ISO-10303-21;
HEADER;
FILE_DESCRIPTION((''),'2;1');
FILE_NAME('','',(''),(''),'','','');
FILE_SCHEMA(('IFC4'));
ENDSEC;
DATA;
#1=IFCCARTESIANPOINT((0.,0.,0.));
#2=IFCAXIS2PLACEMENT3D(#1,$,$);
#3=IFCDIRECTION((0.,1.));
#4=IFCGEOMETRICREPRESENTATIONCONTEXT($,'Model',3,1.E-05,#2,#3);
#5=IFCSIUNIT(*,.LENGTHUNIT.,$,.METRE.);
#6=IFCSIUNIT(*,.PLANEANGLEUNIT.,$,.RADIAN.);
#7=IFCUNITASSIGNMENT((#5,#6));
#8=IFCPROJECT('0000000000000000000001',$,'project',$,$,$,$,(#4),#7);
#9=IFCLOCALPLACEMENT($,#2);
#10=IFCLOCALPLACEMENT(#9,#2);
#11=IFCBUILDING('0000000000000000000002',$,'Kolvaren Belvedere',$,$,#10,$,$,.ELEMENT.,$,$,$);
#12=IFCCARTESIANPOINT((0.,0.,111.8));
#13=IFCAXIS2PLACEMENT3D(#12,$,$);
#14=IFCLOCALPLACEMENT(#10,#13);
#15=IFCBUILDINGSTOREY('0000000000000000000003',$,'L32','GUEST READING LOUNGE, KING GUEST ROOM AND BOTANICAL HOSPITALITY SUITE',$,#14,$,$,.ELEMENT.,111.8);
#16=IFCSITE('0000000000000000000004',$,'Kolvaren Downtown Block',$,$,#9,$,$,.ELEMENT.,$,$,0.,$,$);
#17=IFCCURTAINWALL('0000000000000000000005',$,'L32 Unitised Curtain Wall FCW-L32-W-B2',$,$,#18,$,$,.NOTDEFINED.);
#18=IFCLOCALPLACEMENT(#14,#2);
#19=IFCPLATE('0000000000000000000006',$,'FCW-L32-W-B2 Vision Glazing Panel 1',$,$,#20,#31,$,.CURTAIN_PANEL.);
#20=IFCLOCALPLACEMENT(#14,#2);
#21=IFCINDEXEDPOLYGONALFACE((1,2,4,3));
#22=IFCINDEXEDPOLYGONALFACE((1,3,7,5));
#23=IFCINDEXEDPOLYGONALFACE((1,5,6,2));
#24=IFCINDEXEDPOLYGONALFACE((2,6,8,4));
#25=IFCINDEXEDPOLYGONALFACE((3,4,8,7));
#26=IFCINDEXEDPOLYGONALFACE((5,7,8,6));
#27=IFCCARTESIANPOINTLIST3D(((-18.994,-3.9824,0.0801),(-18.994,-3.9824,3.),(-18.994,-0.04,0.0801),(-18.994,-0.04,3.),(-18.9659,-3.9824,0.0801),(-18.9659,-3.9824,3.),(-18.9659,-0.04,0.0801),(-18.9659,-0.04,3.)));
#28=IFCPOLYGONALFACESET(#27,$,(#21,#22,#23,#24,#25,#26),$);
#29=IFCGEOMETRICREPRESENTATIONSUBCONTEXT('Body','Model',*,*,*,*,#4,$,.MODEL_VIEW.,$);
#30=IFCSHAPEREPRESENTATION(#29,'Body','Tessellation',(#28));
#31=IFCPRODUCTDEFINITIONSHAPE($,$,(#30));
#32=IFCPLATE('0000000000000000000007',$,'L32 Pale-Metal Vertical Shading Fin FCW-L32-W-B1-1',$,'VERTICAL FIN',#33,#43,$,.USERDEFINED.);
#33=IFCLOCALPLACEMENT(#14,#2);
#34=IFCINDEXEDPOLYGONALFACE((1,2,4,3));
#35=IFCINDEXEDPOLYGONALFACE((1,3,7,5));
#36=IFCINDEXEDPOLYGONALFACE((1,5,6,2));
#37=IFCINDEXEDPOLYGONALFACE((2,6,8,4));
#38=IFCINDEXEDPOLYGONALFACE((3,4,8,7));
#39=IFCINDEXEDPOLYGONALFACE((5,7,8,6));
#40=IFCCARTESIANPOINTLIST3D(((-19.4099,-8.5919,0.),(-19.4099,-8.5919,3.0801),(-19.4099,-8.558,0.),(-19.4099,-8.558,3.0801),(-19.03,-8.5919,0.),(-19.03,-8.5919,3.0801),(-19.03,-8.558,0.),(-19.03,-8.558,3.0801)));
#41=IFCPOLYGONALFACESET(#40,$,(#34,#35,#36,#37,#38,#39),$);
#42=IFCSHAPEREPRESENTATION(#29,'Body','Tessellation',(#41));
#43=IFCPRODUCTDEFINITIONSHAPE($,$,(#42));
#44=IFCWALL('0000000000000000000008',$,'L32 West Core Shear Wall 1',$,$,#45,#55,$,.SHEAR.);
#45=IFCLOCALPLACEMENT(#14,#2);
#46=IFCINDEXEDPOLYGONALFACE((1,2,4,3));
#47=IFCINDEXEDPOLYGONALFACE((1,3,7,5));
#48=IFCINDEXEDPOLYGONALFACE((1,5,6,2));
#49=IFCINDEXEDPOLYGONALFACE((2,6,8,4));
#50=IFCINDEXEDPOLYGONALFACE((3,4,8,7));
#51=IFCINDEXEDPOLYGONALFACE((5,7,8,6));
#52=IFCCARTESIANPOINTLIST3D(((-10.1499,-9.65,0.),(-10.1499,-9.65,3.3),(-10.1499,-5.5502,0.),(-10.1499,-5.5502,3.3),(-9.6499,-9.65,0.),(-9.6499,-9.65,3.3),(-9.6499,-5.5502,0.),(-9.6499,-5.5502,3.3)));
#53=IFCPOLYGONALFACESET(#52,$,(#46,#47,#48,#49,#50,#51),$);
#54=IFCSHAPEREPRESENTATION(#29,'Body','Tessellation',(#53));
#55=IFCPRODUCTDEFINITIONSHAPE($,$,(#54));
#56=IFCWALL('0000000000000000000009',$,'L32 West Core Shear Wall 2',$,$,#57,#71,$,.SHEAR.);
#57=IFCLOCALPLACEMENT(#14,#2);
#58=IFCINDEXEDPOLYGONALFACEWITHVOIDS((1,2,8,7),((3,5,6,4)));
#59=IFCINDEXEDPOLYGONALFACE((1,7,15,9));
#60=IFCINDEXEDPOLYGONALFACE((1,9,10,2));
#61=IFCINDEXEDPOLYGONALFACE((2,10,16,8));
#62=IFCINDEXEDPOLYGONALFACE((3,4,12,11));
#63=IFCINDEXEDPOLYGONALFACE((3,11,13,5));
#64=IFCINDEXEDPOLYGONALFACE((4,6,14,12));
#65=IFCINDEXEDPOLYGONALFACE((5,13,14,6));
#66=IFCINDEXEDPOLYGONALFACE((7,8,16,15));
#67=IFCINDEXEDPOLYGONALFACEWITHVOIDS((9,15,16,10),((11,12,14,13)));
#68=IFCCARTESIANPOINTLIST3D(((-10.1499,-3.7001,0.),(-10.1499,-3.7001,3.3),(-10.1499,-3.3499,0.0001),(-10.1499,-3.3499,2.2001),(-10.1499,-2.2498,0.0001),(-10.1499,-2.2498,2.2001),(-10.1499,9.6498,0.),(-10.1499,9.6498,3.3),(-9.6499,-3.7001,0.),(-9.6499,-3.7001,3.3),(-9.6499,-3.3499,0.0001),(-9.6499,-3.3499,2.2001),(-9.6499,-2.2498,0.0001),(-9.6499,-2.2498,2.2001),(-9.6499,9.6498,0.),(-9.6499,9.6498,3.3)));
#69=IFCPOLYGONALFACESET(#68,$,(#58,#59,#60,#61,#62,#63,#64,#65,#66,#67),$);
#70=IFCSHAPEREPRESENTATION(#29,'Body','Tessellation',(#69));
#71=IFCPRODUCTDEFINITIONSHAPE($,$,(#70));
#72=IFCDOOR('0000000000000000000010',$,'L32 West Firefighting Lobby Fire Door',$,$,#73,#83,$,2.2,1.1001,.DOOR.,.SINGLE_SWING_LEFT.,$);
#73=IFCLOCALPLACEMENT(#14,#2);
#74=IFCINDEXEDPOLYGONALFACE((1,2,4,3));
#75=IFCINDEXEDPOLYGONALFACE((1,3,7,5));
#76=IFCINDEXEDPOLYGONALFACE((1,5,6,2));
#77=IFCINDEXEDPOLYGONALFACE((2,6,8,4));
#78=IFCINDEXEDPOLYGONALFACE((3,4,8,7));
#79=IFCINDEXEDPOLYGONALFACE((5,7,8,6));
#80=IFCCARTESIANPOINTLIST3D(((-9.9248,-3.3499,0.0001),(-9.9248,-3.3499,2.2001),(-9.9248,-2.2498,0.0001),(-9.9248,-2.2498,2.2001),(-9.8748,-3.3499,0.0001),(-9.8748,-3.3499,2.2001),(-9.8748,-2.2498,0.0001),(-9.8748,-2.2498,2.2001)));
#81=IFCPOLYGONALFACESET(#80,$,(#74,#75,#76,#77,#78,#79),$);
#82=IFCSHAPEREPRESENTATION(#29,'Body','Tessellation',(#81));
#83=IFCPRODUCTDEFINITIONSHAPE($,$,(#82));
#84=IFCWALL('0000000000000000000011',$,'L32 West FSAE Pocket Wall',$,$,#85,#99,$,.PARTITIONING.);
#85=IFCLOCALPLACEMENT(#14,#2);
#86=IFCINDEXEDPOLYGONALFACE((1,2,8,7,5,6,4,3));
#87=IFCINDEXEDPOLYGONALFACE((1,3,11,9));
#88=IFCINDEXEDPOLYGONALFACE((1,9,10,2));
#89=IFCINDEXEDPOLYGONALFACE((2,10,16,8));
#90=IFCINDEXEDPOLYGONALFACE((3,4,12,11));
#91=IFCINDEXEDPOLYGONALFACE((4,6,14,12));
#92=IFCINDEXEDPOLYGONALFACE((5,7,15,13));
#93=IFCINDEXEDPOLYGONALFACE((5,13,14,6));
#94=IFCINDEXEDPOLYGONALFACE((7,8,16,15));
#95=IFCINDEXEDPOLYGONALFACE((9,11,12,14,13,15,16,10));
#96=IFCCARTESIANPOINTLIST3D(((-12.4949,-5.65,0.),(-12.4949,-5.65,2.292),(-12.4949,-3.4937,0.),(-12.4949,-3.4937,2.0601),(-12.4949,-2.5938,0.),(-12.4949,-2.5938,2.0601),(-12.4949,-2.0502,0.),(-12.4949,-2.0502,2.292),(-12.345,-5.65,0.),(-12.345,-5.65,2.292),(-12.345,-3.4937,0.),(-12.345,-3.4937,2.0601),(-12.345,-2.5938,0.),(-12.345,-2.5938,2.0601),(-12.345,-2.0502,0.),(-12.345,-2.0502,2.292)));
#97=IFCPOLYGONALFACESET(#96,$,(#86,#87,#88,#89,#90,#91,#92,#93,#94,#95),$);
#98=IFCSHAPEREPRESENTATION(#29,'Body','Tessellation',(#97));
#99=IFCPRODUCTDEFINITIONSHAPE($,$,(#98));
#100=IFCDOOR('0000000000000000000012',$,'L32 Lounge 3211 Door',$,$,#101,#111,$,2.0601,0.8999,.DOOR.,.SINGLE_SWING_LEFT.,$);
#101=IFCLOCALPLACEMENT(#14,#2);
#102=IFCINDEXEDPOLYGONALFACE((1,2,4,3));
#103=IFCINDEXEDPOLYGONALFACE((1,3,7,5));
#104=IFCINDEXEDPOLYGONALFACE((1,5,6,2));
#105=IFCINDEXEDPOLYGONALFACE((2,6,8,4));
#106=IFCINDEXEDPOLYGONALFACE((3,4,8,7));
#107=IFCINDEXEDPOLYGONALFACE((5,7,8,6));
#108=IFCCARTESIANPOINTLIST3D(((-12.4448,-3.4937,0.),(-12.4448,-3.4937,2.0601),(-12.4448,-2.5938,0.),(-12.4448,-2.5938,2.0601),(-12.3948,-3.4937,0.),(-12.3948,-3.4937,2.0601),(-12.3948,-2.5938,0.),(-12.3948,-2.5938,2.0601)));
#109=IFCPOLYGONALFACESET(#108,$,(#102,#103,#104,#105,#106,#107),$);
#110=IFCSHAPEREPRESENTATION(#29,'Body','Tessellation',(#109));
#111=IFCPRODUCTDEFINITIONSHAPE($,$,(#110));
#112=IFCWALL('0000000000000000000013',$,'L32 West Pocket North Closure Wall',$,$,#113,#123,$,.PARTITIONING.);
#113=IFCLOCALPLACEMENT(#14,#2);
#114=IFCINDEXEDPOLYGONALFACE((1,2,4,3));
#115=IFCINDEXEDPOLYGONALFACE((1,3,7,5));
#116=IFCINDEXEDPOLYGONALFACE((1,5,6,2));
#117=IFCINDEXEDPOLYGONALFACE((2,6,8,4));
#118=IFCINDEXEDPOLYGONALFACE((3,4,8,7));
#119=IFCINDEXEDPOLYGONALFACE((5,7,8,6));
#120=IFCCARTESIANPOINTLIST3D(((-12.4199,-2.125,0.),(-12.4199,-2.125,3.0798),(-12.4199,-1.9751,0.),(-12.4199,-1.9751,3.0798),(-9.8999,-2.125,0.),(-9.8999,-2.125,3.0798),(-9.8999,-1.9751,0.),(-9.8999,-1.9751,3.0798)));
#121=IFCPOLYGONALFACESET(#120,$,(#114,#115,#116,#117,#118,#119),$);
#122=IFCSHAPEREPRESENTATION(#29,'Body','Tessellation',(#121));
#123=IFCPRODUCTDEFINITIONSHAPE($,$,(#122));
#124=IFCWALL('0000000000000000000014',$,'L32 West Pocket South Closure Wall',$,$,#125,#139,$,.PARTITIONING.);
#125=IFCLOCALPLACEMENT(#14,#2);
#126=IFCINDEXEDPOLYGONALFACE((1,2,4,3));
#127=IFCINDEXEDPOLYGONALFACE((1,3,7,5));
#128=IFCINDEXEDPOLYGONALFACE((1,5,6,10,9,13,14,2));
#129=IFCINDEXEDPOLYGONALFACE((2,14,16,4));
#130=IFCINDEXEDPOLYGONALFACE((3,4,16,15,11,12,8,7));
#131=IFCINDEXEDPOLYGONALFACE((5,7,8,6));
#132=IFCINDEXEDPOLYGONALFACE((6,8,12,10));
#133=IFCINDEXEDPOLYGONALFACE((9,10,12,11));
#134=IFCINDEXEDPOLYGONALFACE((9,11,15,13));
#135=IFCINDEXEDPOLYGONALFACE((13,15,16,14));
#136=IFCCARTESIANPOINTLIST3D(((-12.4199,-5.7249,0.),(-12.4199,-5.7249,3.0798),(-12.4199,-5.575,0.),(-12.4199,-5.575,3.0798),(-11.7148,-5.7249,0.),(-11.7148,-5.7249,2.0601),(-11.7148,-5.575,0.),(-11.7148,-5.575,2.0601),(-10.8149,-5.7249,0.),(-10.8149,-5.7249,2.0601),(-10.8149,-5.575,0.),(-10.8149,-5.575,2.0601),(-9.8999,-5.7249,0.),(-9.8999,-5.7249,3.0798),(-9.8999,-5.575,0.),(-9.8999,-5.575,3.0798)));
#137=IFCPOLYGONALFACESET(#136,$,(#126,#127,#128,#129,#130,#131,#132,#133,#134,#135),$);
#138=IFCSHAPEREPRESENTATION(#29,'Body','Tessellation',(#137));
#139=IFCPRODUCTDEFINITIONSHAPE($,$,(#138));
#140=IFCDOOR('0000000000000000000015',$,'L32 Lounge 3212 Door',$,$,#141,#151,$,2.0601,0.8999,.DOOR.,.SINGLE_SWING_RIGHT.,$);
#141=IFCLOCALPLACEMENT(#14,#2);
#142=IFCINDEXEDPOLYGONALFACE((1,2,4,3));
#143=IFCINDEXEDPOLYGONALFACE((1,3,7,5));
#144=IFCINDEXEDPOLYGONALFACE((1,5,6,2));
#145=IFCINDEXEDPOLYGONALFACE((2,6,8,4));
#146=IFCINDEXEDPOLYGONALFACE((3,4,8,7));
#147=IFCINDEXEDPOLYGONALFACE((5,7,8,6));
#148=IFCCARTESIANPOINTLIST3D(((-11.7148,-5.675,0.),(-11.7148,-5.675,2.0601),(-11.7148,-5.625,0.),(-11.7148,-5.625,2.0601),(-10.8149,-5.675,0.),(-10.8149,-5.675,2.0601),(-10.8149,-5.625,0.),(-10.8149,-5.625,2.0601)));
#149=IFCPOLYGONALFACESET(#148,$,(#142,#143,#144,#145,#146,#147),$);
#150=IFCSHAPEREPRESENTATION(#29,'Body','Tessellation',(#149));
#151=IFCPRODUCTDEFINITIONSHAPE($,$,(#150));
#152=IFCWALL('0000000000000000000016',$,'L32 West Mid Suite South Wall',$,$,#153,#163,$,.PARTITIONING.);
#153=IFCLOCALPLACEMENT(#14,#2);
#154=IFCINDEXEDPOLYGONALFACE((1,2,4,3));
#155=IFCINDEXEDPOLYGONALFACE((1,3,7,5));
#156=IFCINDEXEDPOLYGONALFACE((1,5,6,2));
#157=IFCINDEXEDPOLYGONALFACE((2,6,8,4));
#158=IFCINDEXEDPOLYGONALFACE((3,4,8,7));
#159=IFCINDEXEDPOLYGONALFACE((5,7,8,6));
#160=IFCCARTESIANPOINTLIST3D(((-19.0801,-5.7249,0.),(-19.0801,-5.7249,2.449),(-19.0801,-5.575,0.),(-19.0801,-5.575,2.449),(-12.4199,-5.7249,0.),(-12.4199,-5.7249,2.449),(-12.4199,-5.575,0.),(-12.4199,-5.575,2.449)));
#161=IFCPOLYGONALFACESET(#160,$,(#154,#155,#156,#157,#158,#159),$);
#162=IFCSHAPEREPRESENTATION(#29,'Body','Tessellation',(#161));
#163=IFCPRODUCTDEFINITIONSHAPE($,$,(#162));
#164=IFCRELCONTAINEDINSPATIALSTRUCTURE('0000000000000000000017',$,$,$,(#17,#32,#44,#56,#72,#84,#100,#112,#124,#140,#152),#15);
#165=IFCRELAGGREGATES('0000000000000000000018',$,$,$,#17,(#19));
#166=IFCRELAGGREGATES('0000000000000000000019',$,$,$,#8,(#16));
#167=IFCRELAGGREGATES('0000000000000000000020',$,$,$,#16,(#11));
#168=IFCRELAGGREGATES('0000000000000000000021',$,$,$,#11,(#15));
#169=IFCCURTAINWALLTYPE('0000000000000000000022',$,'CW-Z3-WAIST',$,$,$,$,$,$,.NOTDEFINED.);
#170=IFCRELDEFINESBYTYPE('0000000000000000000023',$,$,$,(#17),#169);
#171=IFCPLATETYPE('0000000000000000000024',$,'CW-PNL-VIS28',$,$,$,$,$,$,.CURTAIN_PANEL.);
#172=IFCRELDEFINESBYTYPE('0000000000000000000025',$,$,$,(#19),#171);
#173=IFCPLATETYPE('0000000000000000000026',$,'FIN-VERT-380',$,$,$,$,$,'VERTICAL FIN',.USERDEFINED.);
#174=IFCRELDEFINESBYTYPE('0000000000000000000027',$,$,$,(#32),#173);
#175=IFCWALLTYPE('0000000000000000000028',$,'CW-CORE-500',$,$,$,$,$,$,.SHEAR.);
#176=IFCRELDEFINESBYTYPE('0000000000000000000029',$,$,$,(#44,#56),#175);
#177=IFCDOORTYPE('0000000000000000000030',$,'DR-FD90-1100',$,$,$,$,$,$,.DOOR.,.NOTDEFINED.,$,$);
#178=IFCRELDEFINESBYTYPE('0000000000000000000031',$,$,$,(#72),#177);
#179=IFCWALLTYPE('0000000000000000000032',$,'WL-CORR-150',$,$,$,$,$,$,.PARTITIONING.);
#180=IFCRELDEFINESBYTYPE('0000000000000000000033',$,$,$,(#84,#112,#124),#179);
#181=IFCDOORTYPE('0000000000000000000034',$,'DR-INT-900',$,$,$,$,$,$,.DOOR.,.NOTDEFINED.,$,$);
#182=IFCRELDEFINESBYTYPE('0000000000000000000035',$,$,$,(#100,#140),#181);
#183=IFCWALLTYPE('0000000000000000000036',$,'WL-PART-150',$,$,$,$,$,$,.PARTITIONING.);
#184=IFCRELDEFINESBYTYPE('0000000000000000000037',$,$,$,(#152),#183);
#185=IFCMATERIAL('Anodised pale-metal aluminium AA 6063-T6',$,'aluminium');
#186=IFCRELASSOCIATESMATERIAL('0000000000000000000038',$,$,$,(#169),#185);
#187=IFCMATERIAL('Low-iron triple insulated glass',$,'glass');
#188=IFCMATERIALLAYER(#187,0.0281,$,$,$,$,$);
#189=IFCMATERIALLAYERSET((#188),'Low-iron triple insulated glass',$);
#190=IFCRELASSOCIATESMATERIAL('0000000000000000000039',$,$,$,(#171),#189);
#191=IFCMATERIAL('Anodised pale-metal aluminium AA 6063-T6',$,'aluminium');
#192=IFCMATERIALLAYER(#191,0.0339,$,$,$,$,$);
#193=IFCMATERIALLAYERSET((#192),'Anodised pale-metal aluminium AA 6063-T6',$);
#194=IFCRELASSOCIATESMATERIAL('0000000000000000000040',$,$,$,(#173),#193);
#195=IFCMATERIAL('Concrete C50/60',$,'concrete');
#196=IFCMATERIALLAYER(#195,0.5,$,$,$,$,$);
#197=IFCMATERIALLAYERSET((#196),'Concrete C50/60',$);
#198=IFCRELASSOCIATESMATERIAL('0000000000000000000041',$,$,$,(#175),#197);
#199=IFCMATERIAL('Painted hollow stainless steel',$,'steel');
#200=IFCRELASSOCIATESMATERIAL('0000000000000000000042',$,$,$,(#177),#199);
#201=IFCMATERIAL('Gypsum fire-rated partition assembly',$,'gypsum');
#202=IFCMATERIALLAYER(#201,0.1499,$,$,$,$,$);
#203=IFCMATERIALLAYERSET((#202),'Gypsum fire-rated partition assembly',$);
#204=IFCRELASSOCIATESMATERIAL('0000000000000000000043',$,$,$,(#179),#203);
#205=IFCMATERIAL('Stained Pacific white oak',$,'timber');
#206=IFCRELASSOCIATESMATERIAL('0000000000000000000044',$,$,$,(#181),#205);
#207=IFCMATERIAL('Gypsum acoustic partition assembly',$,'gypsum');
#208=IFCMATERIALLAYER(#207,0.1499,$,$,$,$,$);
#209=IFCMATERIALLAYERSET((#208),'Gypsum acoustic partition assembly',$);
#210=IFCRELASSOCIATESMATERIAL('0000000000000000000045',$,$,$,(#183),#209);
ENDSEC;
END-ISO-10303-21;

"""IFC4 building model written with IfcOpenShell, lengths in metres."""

from ifc_helpers import new_model, si_unit, direction, frame, frame_2d, origin, origin_2d, place, context, subcontext, project, spatial, rectangle, extrude, material, layer, layer_set, type_object, element, fill, aggregate, save


model = new_model("IFC4")

# Units and contexts
model_context = context("Model", 3, precision=1e-05, world=origin(), true_north=direction((0.0, 1.0)))
body_context = subcontext(model_context, "Body", "Model", "MODEL_VIEW")
ifc_project = project(units=[si_unit("LENGTHUNIT", "METRE"), si_unit("PLANEANGLEUNIT", "RADIAN")], contexts=[model_context])

# Site, building, storey
site_placement = place(None, origin())
site = spatial("IfcSite", under=ifc_project, at=site_placement, Name="Kolvaren Downtown Block", CompositionType="ELEMENT", RefElevation=0.0)
building_placement = place(site_placement, origin())
building = spatial("IfcBuilding", under=site, at=building_placement, Name="Kolvaren Belvedere", CompositionType="ELEMENT")
storey_placement = place(building_placement, frame((0.0, 0.0, 111.8)))
storey = spatial("IfcBuildingStorey", under=building, at=storey_placement, Name="L32", Description="GUEST READING LOUNGE, KING GUEST ROOM AND BOTANICAL HOSPITALITY SUITE", CompositionType="ELEMENT", Elevation=111.8)

# Curtain wall
ifc_material_1 = material(Name="Anodised pale-metal aluminium AA 6063-T6", Category="aluminium")
curtain_wall_type = type_object("IfcCurtainWallType", Name="CW-Z3-WAIST", PredefinedType="NOTDEFINED", material=ifc_material_1)
curtain_wall_1_placement = place(storey_placement, origin())
curtain_wall_1 = element("IfcCurtainWall", 1, at=curtain_wall_1_placement, inside=storey, type_object=curtain_wall_type, Name="L32 Unitised Curtain Wall FCW-L32-W-B2", PredefinedType="NOTDEFINED")

# Plates
ifc_material_2 = material(Name="Low-iron triple insulated glass", Category="glass")
ifc_layer_1 = layer(ifc_material_2, 0.0281)
ifc_layer_set_1 = layer_set([ifc_layer_1], Name="Low-iron triple insulated glass")
plate_type_1 = type_object("IfcPlateType", Name="CW-PNL-VIS28", PredefinedType="CURTAIN_PANEL", material=ifc_layer_set_1)
plate_1_placement = place(storey_placement, frame((-18.98, -2.0112, 0.0801), z_axis=(0.0, 0.0, 1.0), x_axis=(0.0, 1.0, 0.0)))
plate_1 = element("IfcPlate", 2, at=plate_1_placement, type_object=plate_type_1, Name="FCW-L32-W-B2 Vision Glazing Panel 1", PredefinedType="CURTAIN_PANEL", context=body_context, shape_type="SweptSolid", body=[
    extrude(rectangle(XDim=3.9424, YDim=0.0281, at=origin_2d()), origin(), (0.0, 0.0, 1.0), 2.9199),
])
aggregate(curtain_wall_1, [plate_1])
ifc_material_3 = material(Name="Anodised pale-metal aluminium AA 6063-T6", Category="aluminium")
ifc_layer_2 = layer(ifc_material_3, 0.0339)
ifc_layer_set_2 = layer_set([ifc_layer_2], Name="Anodised pale-metal aluminium AA 6063-T6")
plate_type_2 = type_object("IfcPlateType", Name="FIN-VERT-380", ElementType="VERTICAL FIN", PredefinedType="USERDEFINED", material=ifc_layer_set_2)
plate_2_placement = place(storey_placement, frame((-19.22, -8.575, 0.0), z_axis=(0.0, 0.0, 1.0), x_axis=(1.0, 0.0, 0.0)))
element("IfcPlate", 3, at=plate_2_placement, inside=storey, type_object=plate_type_2, Name="L32 Pale-Metal Vertical Shading Fin FCW-L32-W-B1-1", ObjectType="VERTICAL FIN", PredefinedType="USERDEFINED", context=body_context, shape_type="SweptSolid", body=[
    extrude(rectangle(XDim=0.3799, YDim=0.0339, at=origin_2d()), origin(), (0.0, 0.0, 1.0), 3.0801),
])

# Wall
ifc_material_4 = material(Name="Concrete C50/60", Category="concrete")
ifc_layer_3 = layer(ifc_material_4, 0.5)
ifc_layer_set_3 = layer_set([ifc_layer_3], Name="Concrete C50/60")
wall_type_1 = type_object("IfcWallType", Name="CW-CORE-500", PredefinedType="SHEAR", material=ifc_layer_set_3)
wall_1_placement = place(storey_placement, frame((-9.8999, -9.6499, 0.0), z_axis=(0.0, 0.0, 1.0), x_axis=(0.0, 1.0, 0.0)))
element("IfcWall", 4, at=wall_1_placement, inside=storey, type_object=wall_type_1, Name="L32 West Core Shear Wall 1", PredefinedType="SHEAR", context=body_context, shape_type="SweptSolid", body=[
    extrude(rectangle(XDim=4.0999, YDim=0.5, at=frame_2d((2.0498, 0.0))), origin(), (0.0, 0.0, 1.0), 3.3),
])

# Walls, openings, doors
wall_2_placement = place(storey_placement, frame((-9.8999, -3.7, 0.0), z_axis=(0.0, 0.0, 1.0), x_axis=(0.0, 1.0, 0.0)))
wall_2 = element("IfcWall", 5, at=wall_2_placement, inside=storey, type_object=wall_type_1, Name="L32 West Core Shear Wall 2", PredefinedType="SHEAR", context=body_context, shape_type="SweptSolid", body=[
    extrude(rectangle(XDim=13.3499, YDim=0.5, at=frame_2d((6.6748, 0.0))), origin(), (0.0, 0.0, 1.0), 3.3),
])
opening_1_placement = place(wall_2_placement, frame((0.3501, 0.0, 0.0)))
opening_1 = element("IfcOpeningElement", 6, at=opening_1_placement, cuts=wall_2, PredefinedType="OPENING", context=body_context, shape_type="SweptSolid", body=[
    extrude(rectangle(XDim=1.1001, YDim=2.2, at=frame_2d((0.55, 1.1001))), frame((0.0, 0.26, 0.0), z_axis=(0.0, -1.0, 0.0), x_axis=(1.0, 0.0, 0.0)), (0.0, 0.0, 1.0), 0.52),
])
ifc_material_5 = material(Name="Painted hollow stainless steel", Category="steel")
door_type_1 = type_object("IfcDoorType", Name="DR-FD90-1100", OperationType="NOTDEFINED", PredefinedType="DOOR", material=ifc_material_5)
door_1_placement = place(opening_1_placement, origin())
door_1 = element("IfcDoor", 7, at=door_1_placement, inside=storey, type_object=door_type_1, Name="L32 West Firefighting Lobby Fire Door", OperationType="SINGLE_SWING_LEFT", OverallHeight=2.2, OverallWidth=1.1001, PredefinedType="DOOR", context=body_context, shape_type="SweptSolid", body=[
    extrude(rectangle(XDim=1.1001, YDim=2.2, at=frame_2d((0.55, 1.1001))), frame((0.0, 0.0249, 0.0), z_axis=(0.0, -1.0, 0.0), x_axis=(1.0, 0.0, 0.0)), (0.0, 0.0, 1.0), 0.05),
])
fill(opening_1, door_1)
ifc_material_6 = material(Name="Gypsum fire-rated partition assembly", Category="gypsum")
ifc_layer_4 = layer(ifc_material_6, 0.1499)
ifc_layer_set_4 = layer_set([ifc_layer_4], Name="Gypsum fire-rated partition assembly")
wall_type_2 = type_object("IfcWallType", Name="WL-CORR-150", PredefinedType="PARTITIONING", material=ifc_layer_set_4)
wall_3_placement = place(storey_placement, frame((-12.4199, -5.6499, 0.0), z_axis=(0.0, 0.0, 1.0), x_axis=(0.0, 1.0, 0.0)))
wall_3 = element("IfcWall", 8, at=wall_3_placement, inside=storey, type_object=wall_type_2, Name="L32 West FSAE Pocket Wall", PredefinedType="PARTITIONING", context=body_context, shape_type="SweptSolid", body=[
    extrude(rectangle(XDim=3.5999, YDim=0.1499, at=frame_2d((1.7998, 0.0))), origin(), (0.0, 0.0, 1.0), 2.292),
])
opening_2_placement = place(wall_3_placement, frame((2.1562, 0.0, 0.0)))
opening_2 = element("IfcOpeningElement", 9, at=opening_2_placement, cuts=wall_3, PredefinedType="OPENING", context=body_context, shape_type="SweptSolid", body=[
    extrude(rectangle(XDim=0.8999, YDim=2.0601, at=frame_2d((0.45, 1.03))), frame((0.0, 0.085, 0.0), z_axis=(0.0, -1.0, 0.0), x_axis=(1.0, 0.0, 0.0)), (0.0, 0.0, 1.0), 0.1699),
])
ifc_material_7 = material(Name="Stained Pacific white oak", Category="timber")
door_type_2 = type_object("IfcDoorType", Name="DR-INT-900", OperationType="NOTDEFINED", PredefinedType="DOOR", material=ifc_material_7)
door_2_placement = place(opening_2_placement, origin())
door_2 = element("IfcDoor", 10, at=door_2_placement, inside=storey, type_object=door_type_2, Name="L32 Lounge 3211 Door", OperationType="SINGLE_SWING_LEFT", OverallHeight=2.0601, OverallWidth=0.8999, PredefinedType="DOOR", context=body_context, shape_type="SweptSolid", body=[
    extrude(rectangle(XDim=0.8999, YDim=2.0601, at=frame_2d((0.45, 1.03))), frame((0.0, 0.0249, 0.0), z_axis=(0.0, -1.0, 0.0), x_axis=(1.0, 0.0, 0.0)), (0.0, 0.0, 1.0), 0.05),
])
fill(opening_2, door_2)

# Wall
wall_4_placement = place(storey_placement, frame((-12.4199, -2.05, 0.0), z_axis=(0.0, 0.0, 1.0), x_axis=(1.0, 0.0, 0.0)))
element("IfcWall", 11, at=wall_4_placement, inside=storey, type_object=wall_type_2, Name="L32 West Pocket North Closure Wall", PredefinedType="PARTITIONING", context=body_context, shape_type="SweptSolid", body=[
    extrude(rectangle(XDim=2.52, YDim=0.1499, at=frame_2d((1.26, 0.0))), origin(), (0.0, 0.0, 1.0), 3.0798),
])

# Wall, opening, door
wall_5_placement = place(storey_placement, frame((-12.4199, -5.6499, 0.0), z_axis=(0.0, 0.0, 1.0), x_axis=(1.0, 0.0, 0.0)))
wall_5 = element("IfcWall", 12, at=wall_5_placement, inside=storey, type_object=wall_type_2, Name="L32 West Pocket South Closure Wall", PredefinedType="PARTITIONING", context=body_context, shape_type="SweptSolid", body=[
    extrude(rectangle(XDim=2.52, YDim=0.1499, at=frame_2d((1.26, 0.0))), origin(), (0.0, 0.0, 1.0), 3.0798),
])
opening_3_placement = place(wall_5_placement, frame((0.7051, 0.0, 0.0)))
opening_3 = element("IfcOpeningElement", 13, at=opening_3_placement, cuts=wall_5, PredefinedType="OPENING", context=body_context, shape_type="SweptSolid", body=[
    extrude(rectangle(XDim=0.8999, YDim=2.0601, at=frame_2d((0.45, 1.03))), frame((0.0, 0.085, 0.0), z_axis=(0.0, -1.0, 0.0), x_axis=(1.0, 0.0, 0.0)), (0.0, 0.0, 1.0), 0.1699),
])
door_3_placement = place(opening_3_placement, origin())
door_3 = element("IfcDoor", 14, at=door_3_placement, inside=storey, type_object=door_type_2, Name="L32 Lounge 3212 Door", OperationType="SINGLE_SWING_RIGHT", OverallHeight=2.0601, OverallWidth=0.8999, PredefinedType="DOOR", context=body_context, shape_type="SweptSolid", body=[
    extrude(rectangle(XDim=0.8999, YDim=2.0601, at=frame_2d((0.45, 1.03))), frame((0.0, 0.0249, 0.0), z_axis=(0.0, -1.0, 0.0), x_axis=(1.0, 0.0, 0.0)), (0.0, 0.0, 1.0), 0.05),
])
fill(opening_3, door_3)

# Wall
ifc_material_8 = material(Name="Gypsum acoustic partition assembly", Category="gypsum")
ifc_layer_5 = layer(ifc_material_8, 0.1499)
ifc_layer_set_5 = layer_set([ifc_layer_5], Name="Gypsum acoustic partition assembly")
wall_type_3 = type_object("IfcWallType", Name="WL-PART-150", PredefinedType="PARTITIONING", material=ifc_layer_set_5)
wall_6_placement = place(storey_placement, frame((-19.0801, -5.6499, 0.0), z_axis=(0.0, 0.0, 1.0), x_axis=(1.0, 0.0, 0.0)))
element("IfcWall", 15, at=wall_6_placement, inside=storey, type_object=wall_type_3, Name="L32 West Mid Suite South Wall", PredefinedType="PARTITIONING", context=body_context, shape_type="SweptSolid", body=[
    extrude(rectangle(XDim=6.6602, YDim=0.1499, at=frame_2d((3.3301, 0.0))), origin(), (0.0, 0.0, 1.0), 2.449),
])

save(model, "model.ifc")
